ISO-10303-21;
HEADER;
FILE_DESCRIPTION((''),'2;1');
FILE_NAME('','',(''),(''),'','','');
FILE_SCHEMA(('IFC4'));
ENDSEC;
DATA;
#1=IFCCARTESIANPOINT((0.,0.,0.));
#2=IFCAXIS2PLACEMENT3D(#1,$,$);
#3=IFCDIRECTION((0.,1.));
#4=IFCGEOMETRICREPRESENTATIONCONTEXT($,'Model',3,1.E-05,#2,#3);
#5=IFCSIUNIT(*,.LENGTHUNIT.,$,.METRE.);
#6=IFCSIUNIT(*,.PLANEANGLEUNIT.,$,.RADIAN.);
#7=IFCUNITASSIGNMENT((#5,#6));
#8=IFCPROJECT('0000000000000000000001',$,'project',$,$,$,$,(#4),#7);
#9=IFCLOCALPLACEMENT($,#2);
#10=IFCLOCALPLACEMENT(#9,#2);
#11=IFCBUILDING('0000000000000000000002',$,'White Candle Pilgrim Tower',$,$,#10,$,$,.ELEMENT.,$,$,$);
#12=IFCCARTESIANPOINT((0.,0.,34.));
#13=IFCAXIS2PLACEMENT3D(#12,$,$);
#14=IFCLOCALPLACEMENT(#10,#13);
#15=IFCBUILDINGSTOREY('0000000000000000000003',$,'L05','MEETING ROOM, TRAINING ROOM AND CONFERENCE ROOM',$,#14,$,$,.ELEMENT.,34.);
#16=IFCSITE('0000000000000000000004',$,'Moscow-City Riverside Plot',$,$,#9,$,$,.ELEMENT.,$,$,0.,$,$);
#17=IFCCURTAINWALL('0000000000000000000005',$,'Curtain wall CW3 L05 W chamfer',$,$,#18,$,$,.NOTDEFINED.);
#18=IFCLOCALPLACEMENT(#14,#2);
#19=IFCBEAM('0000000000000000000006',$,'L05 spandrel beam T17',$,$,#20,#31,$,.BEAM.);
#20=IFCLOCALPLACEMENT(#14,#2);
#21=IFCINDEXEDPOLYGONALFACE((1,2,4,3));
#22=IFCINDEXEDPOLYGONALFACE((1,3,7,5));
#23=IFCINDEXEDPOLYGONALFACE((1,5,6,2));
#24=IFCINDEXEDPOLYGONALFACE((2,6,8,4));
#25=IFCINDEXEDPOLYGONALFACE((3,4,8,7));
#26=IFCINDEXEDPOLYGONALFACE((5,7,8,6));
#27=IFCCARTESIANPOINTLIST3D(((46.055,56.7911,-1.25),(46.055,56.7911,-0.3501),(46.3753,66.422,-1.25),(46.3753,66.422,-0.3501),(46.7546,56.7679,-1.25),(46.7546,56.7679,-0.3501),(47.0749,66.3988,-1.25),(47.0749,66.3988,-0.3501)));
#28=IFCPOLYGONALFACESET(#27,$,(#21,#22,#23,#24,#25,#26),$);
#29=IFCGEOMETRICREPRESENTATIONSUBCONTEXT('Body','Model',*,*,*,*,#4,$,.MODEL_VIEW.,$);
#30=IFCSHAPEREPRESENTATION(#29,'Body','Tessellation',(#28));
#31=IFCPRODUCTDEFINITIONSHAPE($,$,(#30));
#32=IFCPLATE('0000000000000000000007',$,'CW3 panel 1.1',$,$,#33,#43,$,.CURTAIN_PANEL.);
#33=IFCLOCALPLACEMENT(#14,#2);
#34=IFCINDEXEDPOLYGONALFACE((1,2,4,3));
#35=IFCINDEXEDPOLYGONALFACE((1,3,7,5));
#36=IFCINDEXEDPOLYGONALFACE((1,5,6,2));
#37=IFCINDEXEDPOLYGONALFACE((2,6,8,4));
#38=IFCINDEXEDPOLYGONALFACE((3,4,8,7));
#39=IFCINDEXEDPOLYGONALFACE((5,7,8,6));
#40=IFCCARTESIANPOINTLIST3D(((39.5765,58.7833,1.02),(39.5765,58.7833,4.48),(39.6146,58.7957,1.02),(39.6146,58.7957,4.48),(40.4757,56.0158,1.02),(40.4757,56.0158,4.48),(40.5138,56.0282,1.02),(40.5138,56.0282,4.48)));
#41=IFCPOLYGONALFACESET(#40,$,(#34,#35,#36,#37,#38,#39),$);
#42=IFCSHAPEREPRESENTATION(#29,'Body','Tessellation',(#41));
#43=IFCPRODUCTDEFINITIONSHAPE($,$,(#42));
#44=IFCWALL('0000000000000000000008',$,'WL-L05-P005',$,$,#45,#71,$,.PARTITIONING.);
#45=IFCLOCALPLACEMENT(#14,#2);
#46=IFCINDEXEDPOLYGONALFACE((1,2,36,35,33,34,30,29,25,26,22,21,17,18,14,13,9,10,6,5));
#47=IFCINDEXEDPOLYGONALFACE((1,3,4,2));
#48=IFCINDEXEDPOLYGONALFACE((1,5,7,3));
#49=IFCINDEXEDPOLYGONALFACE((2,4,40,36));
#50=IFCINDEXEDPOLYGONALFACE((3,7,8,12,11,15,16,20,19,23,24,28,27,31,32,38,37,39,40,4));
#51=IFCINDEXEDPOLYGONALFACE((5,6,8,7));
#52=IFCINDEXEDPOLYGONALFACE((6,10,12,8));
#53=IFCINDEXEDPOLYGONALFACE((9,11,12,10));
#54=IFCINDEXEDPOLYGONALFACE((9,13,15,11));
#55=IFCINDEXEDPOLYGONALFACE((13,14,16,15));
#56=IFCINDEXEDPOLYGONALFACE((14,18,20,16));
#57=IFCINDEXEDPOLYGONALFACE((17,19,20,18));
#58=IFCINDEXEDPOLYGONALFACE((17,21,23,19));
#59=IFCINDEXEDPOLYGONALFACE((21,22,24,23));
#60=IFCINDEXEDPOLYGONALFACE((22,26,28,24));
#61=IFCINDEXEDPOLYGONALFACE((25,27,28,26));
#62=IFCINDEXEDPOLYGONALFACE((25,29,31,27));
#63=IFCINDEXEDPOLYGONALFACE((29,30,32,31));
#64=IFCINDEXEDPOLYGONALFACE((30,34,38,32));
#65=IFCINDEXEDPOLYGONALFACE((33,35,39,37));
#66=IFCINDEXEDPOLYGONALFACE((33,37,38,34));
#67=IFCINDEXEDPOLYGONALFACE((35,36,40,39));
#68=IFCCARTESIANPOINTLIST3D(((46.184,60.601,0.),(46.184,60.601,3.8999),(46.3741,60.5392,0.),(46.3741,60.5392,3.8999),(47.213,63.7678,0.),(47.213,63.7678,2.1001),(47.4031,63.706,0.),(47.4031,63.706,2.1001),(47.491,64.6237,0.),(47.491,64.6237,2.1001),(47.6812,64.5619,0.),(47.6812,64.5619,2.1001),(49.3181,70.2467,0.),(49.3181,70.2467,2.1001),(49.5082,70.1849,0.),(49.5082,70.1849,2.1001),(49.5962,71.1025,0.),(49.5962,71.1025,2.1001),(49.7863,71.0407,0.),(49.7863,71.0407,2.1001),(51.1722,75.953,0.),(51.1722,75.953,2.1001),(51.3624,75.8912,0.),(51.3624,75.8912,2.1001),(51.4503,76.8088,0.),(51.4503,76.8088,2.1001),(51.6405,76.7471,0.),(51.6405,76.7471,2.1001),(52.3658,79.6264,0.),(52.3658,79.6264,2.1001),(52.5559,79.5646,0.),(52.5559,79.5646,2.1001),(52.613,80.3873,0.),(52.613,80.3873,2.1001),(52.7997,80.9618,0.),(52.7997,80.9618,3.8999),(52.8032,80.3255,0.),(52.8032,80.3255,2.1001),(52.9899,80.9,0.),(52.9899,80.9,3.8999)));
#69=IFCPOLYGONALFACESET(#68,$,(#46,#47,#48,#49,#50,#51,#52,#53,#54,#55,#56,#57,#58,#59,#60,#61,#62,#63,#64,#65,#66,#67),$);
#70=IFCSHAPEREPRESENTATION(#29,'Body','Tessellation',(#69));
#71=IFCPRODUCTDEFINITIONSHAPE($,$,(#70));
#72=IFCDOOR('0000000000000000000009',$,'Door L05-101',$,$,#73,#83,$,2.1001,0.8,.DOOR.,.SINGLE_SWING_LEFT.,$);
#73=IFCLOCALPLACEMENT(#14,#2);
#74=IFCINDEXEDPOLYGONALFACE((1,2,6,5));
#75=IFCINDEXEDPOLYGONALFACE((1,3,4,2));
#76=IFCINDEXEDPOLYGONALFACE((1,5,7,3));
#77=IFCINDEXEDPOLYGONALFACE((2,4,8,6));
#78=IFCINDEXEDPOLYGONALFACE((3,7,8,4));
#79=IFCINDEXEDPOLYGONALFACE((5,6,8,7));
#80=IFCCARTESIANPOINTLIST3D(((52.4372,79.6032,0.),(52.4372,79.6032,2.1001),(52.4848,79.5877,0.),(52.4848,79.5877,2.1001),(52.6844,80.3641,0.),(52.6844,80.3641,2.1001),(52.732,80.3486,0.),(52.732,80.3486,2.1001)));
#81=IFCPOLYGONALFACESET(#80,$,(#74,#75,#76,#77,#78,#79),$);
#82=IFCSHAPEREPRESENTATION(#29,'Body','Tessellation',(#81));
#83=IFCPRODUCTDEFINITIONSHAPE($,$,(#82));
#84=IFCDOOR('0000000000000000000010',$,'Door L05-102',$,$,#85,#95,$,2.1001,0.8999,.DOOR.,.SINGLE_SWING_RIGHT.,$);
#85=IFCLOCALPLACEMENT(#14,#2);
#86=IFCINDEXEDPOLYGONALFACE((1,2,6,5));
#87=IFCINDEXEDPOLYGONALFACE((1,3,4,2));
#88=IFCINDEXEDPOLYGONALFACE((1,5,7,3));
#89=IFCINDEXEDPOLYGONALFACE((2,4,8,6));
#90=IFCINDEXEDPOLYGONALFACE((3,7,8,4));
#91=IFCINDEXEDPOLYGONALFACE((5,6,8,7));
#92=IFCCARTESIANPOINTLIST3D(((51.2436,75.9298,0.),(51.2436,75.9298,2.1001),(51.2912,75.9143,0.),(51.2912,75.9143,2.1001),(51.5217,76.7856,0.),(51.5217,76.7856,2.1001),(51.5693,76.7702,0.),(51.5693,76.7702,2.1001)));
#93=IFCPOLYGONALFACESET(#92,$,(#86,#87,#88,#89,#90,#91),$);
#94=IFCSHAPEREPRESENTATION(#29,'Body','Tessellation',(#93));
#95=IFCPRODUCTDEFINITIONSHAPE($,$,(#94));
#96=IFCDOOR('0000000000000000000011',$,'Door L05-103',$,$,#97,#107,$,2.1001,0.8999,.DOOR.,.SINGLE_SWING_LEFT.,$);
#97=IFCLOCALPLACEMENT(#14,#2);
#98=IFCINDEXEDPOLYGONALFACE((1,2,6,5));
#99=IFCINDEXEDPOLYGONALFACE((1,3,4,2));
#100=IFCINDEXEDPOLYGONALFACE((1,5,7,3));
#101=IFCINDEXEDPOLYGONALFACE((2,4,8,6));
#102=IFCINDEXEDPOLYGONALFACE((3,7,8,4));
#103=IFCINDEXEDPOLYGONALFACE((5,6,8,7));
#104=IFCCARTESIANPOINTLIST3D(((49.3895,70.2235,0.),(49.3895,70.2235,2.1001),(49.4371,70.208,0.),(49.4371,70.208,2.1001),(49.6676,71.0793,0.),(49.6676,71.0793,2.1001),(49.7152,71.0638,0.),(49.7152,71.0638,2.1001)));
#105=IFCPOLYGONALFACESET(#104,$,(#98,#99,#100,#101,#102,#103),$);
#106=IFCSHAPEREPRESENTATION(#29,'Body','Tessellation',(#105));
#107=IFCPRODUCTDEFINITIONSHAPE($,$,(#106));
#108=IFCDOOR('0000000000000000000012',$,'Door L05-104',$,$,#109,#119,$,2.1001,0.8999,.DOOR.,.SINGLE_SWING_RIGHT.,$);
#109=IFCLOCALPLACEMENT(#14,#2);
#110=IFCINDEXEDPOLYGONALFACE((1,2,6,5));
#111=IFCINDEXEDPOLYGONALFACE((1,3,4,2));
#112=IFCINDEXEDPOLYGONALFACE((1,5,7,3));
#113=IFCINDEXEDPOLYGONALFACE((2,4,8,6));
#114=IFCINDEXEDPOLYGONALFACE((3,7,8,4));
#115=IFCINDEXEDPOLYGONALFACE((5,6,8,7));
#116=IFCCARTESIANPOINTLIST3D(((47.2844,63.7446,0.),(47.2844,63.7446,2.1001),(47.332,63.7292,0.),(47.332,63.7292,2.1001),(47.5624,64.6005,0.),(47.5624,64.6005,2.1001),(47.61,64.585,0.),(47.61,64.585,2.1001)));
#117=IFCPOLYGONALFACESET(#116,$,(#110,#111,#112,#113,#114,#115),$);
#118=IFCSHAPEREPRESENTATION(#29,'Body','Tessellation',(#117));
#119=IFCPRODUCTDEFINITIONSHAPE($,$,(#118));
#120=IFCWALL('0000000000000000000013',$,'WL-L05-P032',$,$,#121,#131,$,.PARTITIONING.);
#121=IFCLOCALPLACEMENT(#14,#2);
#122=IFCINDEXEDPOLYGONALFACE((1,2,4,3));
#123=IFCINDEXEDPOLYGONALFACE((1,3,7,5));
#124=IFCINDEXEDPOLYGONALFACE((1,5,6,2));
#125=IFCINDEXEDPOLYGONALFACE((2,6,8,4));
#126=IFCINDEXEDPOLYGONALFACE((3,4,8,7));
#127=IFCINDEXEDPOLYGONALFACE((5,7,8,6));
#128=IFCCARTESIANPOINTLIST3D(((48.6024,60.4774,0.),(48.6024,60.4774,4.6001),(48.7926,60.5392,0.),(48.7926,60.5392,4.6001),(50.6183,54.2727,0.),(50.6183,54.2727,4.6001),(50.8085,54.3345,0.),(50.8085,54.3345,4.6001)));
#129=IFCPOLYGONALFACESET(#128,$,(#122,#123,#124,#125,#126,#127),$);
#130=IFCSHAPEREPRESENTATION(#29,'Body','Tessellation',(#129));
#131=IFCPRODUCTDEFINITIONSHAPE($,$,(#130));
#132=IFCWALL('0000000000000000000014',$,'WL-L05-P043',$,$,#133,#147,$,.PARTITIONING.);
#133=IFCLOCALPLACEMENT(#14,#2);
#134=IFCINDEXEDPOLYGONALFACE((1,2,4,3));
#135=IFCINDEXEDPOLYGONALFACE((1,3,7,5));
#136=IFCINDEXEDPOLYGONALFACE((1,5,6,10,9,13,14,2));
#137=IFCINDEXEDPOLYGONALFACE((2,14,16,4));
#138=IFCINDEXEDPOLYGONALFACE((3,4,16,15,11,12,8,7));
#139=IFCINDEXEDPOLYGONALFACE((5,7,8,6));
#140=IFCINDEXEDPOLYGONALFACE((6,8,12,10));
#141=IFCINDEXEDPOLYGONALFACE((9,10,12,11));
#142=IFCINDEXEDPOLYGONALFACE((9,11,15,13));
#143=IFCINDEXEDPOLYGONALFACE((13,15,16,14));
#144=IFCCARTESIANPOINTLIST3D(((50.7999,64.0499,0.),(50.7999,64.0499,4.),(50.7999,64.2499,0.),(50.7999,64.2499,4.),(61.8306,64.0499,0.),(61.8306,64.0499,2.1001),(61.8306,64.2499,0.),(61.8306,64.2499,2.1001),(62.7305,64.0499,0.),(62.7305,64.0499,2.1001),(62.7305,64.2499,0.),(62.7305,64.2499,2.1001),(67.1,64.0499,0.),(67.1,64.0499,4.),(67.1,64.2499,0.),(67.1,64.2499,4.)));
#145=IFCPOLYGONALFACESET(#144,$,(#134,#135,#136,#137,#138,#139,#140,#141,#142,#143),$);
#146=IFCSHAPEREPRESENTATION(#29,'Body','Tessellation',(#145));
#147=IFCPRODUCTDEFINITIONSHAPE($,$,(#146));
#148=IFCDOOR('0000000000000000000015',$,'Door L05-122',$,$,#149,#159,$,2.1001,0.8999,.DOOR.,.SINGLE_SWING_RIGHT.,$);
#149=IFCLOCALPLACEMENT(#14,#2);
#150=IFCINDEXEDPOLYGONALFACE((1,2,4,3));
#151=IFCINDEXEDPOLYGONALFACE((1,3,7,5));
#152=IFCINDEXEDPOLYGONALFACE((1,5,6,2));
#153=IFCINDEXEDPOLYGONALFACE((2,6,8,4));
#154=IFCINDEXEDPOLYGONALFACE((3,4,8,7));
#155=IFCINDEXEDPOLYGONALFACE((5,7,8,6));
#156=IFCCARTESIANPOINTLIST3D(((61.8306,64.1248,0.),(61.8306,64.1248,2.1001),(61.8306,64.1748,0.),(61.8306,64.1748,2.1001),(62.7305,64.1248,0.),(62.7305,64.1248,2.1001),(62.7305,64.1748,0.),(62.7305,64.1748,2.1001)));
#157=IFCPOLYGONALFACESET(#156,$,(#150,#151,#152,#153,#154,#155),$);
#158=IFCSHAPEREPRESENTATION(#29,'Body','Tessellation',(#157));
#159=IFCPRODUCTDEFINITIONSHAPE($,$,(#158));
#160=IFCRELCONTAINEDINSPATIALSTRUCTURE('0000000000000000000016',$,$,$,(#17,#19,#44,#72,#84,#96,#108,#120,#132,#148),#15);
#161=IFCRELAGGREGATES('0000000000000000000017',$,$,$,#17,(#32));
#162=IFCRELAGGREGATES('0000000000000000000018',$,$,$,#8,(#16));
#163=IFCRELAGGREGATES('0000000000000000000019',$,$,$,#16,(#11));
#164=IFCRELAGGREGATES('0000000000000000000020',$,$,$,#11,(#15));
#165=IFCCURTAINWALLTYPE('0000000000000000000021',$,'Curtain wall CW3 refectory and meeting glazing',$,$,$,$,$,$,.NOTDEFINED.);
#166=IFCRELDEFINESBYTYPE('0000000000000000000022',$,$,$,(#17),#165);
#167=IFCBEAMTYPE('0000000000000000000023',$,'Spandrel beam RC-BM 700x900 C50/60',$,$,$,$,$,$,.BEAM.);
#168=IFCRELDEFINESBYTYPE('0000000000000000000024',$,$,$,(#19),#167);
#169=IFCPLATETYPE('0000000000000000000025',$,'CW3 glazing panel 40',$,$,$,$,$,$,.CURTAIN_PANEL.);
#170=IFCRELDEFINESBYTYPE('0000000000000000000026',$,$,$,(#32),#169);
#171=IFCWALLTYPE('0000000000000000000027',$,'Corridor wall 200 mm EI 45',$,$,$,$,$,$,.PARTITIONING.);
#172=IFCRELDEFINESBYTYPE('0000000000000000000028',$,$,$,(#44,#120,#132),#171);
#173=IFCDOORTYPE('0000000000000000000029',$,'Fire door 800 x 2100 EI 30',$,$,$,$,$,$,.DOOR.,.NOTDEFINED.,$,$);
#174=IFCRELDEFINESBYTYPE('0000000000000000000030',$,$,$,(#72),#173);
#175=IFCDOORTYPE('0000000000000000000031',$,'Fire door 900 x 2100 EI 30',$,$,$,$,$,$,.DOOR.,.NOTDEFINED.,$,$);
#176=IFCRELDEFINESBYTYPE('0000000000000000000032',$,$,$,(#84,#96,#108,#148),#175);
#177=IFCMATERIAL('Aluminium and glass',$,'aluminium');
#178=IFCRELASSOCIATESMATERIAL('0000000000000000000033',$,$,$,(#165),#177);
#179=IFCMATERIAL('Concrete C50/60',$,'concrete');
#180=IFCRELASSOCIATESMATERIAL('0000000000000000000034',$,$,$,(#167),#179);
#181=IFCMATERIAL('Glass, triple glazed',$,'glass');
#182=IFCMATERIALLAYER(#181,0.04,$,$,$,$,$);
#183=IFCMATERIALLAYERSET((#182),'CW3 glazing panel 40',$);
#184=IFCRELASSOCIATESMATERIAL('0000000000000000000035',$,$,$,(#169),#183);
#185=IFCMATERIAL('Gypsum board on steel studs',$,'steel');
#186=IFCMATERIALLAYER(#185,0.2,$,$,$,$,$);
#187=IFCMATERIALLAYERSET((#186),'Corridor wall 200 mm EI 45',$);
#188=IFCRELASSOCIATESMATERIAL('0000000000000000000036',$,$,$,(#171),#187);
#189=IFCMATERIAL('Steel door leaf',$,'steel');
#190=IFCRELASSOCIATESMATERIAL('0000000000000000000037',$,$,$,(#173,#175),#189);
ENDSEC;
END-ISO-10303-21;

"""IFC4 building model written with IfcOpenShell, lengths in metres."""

from ifc_helpers import new_model, si_unit, direction, frame, frame_2d, origin, origin_2d, place, context, subcontext, project, spatial, rectangle, extrude, material, layer, layer_set, material_profile, profile_set, type_object, element, fill, aggregate, save


model = new_model("IFC4")

# Units and contexts
model_context = context("Model", 3, precision=1e-05, world=origin(), true_north=direction((0.0, 1.0)))
body_context = subcontext(model_context, "Body", "Model", "MODEL_VIEW")
ifc_project = project(units=[si_unit("LENGTHUNIT", "METRE"), si_unit("PLANEANGLEUNIT", "RADIAN")], contexts=[model_context])

# Site, building, storey
site_placement = place(None, origin())
site = spatial("IfcSite", under=ifc_project, at=site_placement, Name="Moscow-City Riverside Plot", CompositionType="ELEMENT", RefElevation=0.0)
building_placement = place(site_placement, origin())
building = spatial("IfcBuilding", under=site, at=building_placement, Name="White Candle Pilgrim Tower", CompositionType="ELEMENT")
storey_placement = place(building_placement, frame((0.0, 0.0, 34.0)))
storey = spatial("IfcBuildingStorey", under=building, at=storey_placement, Name="L05", Description="MEETING ROOM, TRAINING ROOM AND CONFERENCE ROOM", CompositionType="ELEMENT", Elevation=34.0)

# Curtain wall
ifc_material_1 = material(Name="Aluminium and glass", Category="aluminium")
curtain_wall_type = type_object("IfcCurtainWallType", Name="Curtain wall CW3 refectory and meeting glazing", PredefinedType="NOTDEFINED", material=ifc_material_1)
curtain_wall_placement = place(storey_placement, origin())
curtain_wall = element("IfcCurtainWall", 1, at=curtain_wall_placement, inside=storey, type_object=curtain_wall_type, Name="Curtain wall CW3 L05 W chamfer", PredefinedType="NOTDEFINED")

# Beam
ifc_material_2 = material(Name="Concrete C50/60", Category="concrete")
ifc_material_profile_1 = material_profile(ifc_material_2, rectangle(XDim=0.7, YDim=0.8999, at=origin_2d()), Name="RC-BM 700x900")
ifc_profile_set_1 = profile_set([ifc_material_profile_1], Name="Concrete C50/60")
beam_type_1 = type_object("IfcBeamType", Name="Spandrel beam RC-BM 700x900 C50/60", PredefinedType="BEAM", material=ifc_profile_set_1)
beam_1_placement = place(storey_placement, frame((46.7251, 66.4104, -0.8), z_axis=(-0.033241, -0.999447, 0.0), x_axis=(0.999447, -0.033241, 0.0)))
element("IfcBeam", 2, at=beam_1_placement, inside=storey, type_object=beam_type_1, Name="L05 spandrel beam T17", PredefinedType="BEAM", context=body_context, shape_type="SweptSolid", body=[
    extrude(rectangle(XDim=0.7, YDim=0.8999, at=origin_2d()), origin(), (0.0, 0.0, 1.0), 9.6362),
])

# Plate
ifc_material_3 = material(Name="Glass, triple glazed", Category="glass")
ifc_layer_1 = layer(ifc_material_3, 0.04)
ifc_layer_set_1 = layer_set([ifc_layer_1], Name="CW3 glazing panel 40")
plate_type = type_object("IfcPlateType", Name="CW3 glazing panel 40", PredefinedType="CURTAIN_PANEL", material=ifc_layer_set_1)
plate_placement = place(storey_placement, frame((40.0452, 57.4058, 1.02), z_axis=(0.0, 0.0, 1.0), x_axis=(0.309017, -0.951057, 0.0)))
plate = element("IfcPlate", 3, at=plate_placement, type_object=plate_type, Name="CW3 panel 1.1", PredefinedType="CURTAIN_PANEL", context=body_context, shape_type="SweptSolid", body=[
    extrude(rectangle(XDim=2.9099, YDim=0.04, at=origin_2d()), origin(), (0.0, 0.0, 1.0), 3.46),
])
aggregate(curtain_wall, [plate])

# Wall, openings, doors
ifc_material_4 = material(Name="Gypsum board on steel studs", Category="steel")
ifc_layer_2 = layer(ifc_material_4, 0.2)
ifc_layer_set_2 = layer_set([ifc_layer_2], Name="Corridor wall 200 mm EI 45")
wall_type_1 = type_object("IfcWallType", Name="Corridor wall 200 mm EI 45", PredefinedType="PARTITIONING", material=ifc_layer_set_2)
wall_1_placement = place(storey_placement, frame((46.2791, 60.5701, 0.0), z_axis=(0.0, 0.0, 1.0), x_axis=(0.309021, 0.951055, 0.0)))
wall_1 = element("IfcWall", 4, at=wall_1_placement, inside=storey, type_object=wall_type_1, Name="WL-L05-P005", PredefinedType="PARTITIONING", context=body_context, shape_type="SweptSolid", body=[
    extrude(rectangle(XDim=21.4087, YDim=0.2, at=frame_2d((10.7043, 0.0))), origin(), (0.0, 0.0, 1.0), 3.8999),
])
opening_1_placement = place(wall_1_placement, frame((20.0046, 0.0, 0.0)))
opening_1 = element("IfcOpeningElement", 5, at=opening_1_placement, cuts=wall_1, PredefinedType="OPENING", context=body_context, shape_type="SweptSolid", body=[
    extrude(rectangle(XDim=0.8, YDim=2.1001, at=frame_2d((0.3999, 1.05))), frame((0.0, 0.1099, 0.0), z_axis=(0.0, -1.0, 0.0), x_axis=(1.0, 0.0, 0.0)), (0.0, 0.0, 1.0), 0.22),
])
opening_2_placement = place(wall_1_placement, frame((16.1421, 0.0, 0.0)))
opening_2 = element("IfcOpeningElement", 6, at=opening_2_placement, cuts=wall_1, PredefinedType="OPENING", context=body_context, shape_type="SweptSolid", body=[
    extrude(rectangle(XDim=0.8999, YDim=2.1001, at=frame_2d((0.45, 1.05))), frame((0.0, 0.1099, 0.0), z_axis=(0.0, -1.0, 0.0), x_axis=(1.0, 0.0, 0.0)), (0.0, 0.0, 1.0), 0.22),
])
opening_3_placement = place(wall_1_placement, frame((10.1421, 0.0, 0.0)))
opening_3 = element("IfcOpeningElement", 7, at=opening_3_placement, cuts=wall_1, PredefinedType="OPENING", context=body_context, shape_type="SweptSolid", body=[
    extrude(rectangle(XDim=0.8999, YDim=2.1001, at=frame_2d((0.45, 1.05))), frame((0.0, 0.1099, 0.0), z_axis=(0.0, -1.0, 0.0), x_axis=(1.0, 0.0, 0.0)), (0.0, 0.0, 1.0), 0.22),
])
opening_4_placement = place(wall_1_placement, frame((3.3298, 0.0, 0.0)))
opening_4 = element("IfcOpeningElement", 8, at=opening_4_placement, cuts=wall_1, PredefinedType="OPENING", context=body_context, shape_type="SweptSolid", body=[
    extrude(rectangle(XDim=0.8999, YDim=2.1001, at=frame_2d((0.45, 1.05))), frame((0.0, 0.1099, 0.0), z_axis=(0.0, -1.0, 0.0), x_axis=(1.0, 0.0, 0.0)), (0.0, 0.0, 1.0), 0.22),
])
ifc_material_5 = material(Name="Steel door leaf", Category="steel")
door_type_1 = type_object("IfcDoorType", Name="Fire door 800 x 2100 EI 30", OperationType="NOTDEFINED", PredefinedType="DOOR", material=ifc_material_5)
door_1_placement = place(opening_1_placement, origin())
door_1 = element("IfcDoor", 9, at=door_1_placement, inside=storey, type_object=door_type_1, Name="Door L05-101", OperationType="SINGLE_SWING_LEFT", OverallHeight=2.1001, OverallWidth=0.8, PredefinedType="DOOR", context=body_context, shape_type="SweptSolid", body=[
    extrude(rectangle(XDim=0.8, YDim=2.1001, at=frame_2d((0.3999, 1.05))), frame((0.0, 0.0249, 0.0), z_axis=(0.0, -1.0, 0.0), x_axis=(1.0, 0.0, 0.0)), (0.0, 0.0, 1.0), 0.05),
])
fill(opening_1, door_1)
door_type_2 = type_object("IfcDoorType", Name="Fire door 900 x 2100 EI 30", OperationType="NOTDEFINED", PredefinedType="DOOR", material=ifc_material_5)
door_2_placement = place(opening_2_placement, origin())
door_2 = element("IfcDoor", 10, at=door_2_placement, inside=storey, type_object=door_type_2, Name="Door L05-102", OperationType="SINGLE_SWING_RIGHT", OverallHeight=2.1001, OverallWidth=0.8999, PredefinedType="DOOR", context=body_context, shape_type="SweptSolid", body=[
    extrude(rectangle(XDim=0.8999, YDim=2.1001, at=frame_2d((0.45, 1.05))), frame((0.0, 0.0249, 0.0), z_axis=(0.0, -1.0, 0.0), x_axis=(1.0, 0.0, 0.0)), (0.0, 0.0, 1.0), 0.05),
])
fill(opening_2, door_2)
door_3_placement = place(opening_3_placement, origin())
door_3 = element("IfcDoor", 11, at=door_3_placement, inside=storey, type_object=door_type_2, Name="Door L05-103", OperationType="SINGLE_SWING_LEFT", OverallHeight=2.1001, OverallWidth=0.8999, PredefinedType="DOOR", context=body_context, shape_type="SweptSolid", body=[
    extrude(rectangle(XDim=0.8999, YDim=2.1001, at=frame_2d((0.45, 1.05))), frame((0.0, 0.0249, 0.0), z_axis=(0.0, -1.0, 0.0), x_axis=(1.0, 0.0, 0.0)), (0.0, 0.0, 1.0), 0.05),
])
fill(opening_3, door_3)
door_4_placement = place(opening_4_placement, origin())
door_4 = element("IfcDoor", 12, at=door_4_placement, inside=storey, type_object=door_type_2, Name="Door L05-104", OperationType="SINGLE_SWING_RIGHT", OverallHeight=2.1001, OverallWidth=0.8999, PredefinedType="DOOR", context=body_context, shape_type="SweptSolid", body=[
    extrude(rectangle(XDim=0.8999, YDim=2.1001, at=frame_2d((0.45, 1.05))), frame((0.0, 0.0249, 0.0), z_axis=(0.0, -1.0, 0.0), x_axis=(1.0, 0.0, 0.0)), (0.0, 0.0, 1.0), 0.05),
])
fill(opening_4, door_4)

# Wall
wall_2_placement = place(storey_placement, frame((48.6975, 60.5083, 0.0), z_axis=(0.0, 0.0, 1.0), x_axis=(0.309, -0.951062, 0.0)))
element("IfcWall", 13, at=wall_2_placement, inside=storey, type_object=wall_type_1, Name="WL-L05-P032", PredefinedType="PARTITIONING", context=body_context, shape_type="SweptSolid", body=[
    extrude(rectangle(XDim=6.5239, YDim=0.2, at=frame_2d((3.262, 0.0))), origin(), (0.0, 0.0, 1.0), 4.6001),
])

# Wall, opening, door
wall_3_placement = place(storey_placement, frame((50.8, 64.1499, 0.0), z_axis=(0.0, 0.0, 1.0), x_axis=(1.0, 0.0, 0.0)))
wall_3 = element("IfcWall", 14, at=wall_3_placement, inside=storey, type_object=wall_type_1, Name="WL-L05-P043", PredefinedType="PARTITIONING", context=body_context, shape_type="SweptSolid", body=[
    extrude(rectangle(XDim=16.3, YDim=0.2, at=frame_2d((8.1499, 0.0))), origin(), (0.0, 0.0, 1.0), 4.0),
])
opening_5_placement = place(wall_3_placement, frame((11.0305, 0.0, 0.0)))
opening_5 = element("IfcOpeningElement", 15, at=opening_5_placement, cuts=wall_3, PredefinedType="OPENING", context=body_context, shape_type="SweptSolid", body=[
    extrude(rectangle(XDim=0.8999, YDim=2.1001, at=frame_2d((0.45, 1.05))), frame((0.0, 0.1099, 0.0), z_axis=(0.0, -1.0, 0.0), x_axis=(1.0, 0.0, 0.0)), (0.0, 0.0, 1.0), 0.22),
])
door_5_placement = place(opening_5_placement, origin())
door_5 = element("IfcDoor", 16, at=door_5_placement, inside=storey, type_object=door_type_2, Name="Door L05-122", OperationType="SINGLE_SWING_RIGHT", OverallHeight=2.1001, OverallWidth=0.8999, PredefinedType="DOOR", context=body_context, shape_type="SweptSolid", body=[
    extrude(rectangle(XDim=0.8999, YDim=2.1001, at=frame_2d((0.45, 1.05))), frame((0.0, 0.0249, 0.0), z_axis=(0.0, -1.0, 0.0), x_axis=(1.0, 0.0, 0.0)), (0.0, 0.0, 1.0), 0.05),
])
fill(opening_5, door_5)

save(model, "model.ifc")
